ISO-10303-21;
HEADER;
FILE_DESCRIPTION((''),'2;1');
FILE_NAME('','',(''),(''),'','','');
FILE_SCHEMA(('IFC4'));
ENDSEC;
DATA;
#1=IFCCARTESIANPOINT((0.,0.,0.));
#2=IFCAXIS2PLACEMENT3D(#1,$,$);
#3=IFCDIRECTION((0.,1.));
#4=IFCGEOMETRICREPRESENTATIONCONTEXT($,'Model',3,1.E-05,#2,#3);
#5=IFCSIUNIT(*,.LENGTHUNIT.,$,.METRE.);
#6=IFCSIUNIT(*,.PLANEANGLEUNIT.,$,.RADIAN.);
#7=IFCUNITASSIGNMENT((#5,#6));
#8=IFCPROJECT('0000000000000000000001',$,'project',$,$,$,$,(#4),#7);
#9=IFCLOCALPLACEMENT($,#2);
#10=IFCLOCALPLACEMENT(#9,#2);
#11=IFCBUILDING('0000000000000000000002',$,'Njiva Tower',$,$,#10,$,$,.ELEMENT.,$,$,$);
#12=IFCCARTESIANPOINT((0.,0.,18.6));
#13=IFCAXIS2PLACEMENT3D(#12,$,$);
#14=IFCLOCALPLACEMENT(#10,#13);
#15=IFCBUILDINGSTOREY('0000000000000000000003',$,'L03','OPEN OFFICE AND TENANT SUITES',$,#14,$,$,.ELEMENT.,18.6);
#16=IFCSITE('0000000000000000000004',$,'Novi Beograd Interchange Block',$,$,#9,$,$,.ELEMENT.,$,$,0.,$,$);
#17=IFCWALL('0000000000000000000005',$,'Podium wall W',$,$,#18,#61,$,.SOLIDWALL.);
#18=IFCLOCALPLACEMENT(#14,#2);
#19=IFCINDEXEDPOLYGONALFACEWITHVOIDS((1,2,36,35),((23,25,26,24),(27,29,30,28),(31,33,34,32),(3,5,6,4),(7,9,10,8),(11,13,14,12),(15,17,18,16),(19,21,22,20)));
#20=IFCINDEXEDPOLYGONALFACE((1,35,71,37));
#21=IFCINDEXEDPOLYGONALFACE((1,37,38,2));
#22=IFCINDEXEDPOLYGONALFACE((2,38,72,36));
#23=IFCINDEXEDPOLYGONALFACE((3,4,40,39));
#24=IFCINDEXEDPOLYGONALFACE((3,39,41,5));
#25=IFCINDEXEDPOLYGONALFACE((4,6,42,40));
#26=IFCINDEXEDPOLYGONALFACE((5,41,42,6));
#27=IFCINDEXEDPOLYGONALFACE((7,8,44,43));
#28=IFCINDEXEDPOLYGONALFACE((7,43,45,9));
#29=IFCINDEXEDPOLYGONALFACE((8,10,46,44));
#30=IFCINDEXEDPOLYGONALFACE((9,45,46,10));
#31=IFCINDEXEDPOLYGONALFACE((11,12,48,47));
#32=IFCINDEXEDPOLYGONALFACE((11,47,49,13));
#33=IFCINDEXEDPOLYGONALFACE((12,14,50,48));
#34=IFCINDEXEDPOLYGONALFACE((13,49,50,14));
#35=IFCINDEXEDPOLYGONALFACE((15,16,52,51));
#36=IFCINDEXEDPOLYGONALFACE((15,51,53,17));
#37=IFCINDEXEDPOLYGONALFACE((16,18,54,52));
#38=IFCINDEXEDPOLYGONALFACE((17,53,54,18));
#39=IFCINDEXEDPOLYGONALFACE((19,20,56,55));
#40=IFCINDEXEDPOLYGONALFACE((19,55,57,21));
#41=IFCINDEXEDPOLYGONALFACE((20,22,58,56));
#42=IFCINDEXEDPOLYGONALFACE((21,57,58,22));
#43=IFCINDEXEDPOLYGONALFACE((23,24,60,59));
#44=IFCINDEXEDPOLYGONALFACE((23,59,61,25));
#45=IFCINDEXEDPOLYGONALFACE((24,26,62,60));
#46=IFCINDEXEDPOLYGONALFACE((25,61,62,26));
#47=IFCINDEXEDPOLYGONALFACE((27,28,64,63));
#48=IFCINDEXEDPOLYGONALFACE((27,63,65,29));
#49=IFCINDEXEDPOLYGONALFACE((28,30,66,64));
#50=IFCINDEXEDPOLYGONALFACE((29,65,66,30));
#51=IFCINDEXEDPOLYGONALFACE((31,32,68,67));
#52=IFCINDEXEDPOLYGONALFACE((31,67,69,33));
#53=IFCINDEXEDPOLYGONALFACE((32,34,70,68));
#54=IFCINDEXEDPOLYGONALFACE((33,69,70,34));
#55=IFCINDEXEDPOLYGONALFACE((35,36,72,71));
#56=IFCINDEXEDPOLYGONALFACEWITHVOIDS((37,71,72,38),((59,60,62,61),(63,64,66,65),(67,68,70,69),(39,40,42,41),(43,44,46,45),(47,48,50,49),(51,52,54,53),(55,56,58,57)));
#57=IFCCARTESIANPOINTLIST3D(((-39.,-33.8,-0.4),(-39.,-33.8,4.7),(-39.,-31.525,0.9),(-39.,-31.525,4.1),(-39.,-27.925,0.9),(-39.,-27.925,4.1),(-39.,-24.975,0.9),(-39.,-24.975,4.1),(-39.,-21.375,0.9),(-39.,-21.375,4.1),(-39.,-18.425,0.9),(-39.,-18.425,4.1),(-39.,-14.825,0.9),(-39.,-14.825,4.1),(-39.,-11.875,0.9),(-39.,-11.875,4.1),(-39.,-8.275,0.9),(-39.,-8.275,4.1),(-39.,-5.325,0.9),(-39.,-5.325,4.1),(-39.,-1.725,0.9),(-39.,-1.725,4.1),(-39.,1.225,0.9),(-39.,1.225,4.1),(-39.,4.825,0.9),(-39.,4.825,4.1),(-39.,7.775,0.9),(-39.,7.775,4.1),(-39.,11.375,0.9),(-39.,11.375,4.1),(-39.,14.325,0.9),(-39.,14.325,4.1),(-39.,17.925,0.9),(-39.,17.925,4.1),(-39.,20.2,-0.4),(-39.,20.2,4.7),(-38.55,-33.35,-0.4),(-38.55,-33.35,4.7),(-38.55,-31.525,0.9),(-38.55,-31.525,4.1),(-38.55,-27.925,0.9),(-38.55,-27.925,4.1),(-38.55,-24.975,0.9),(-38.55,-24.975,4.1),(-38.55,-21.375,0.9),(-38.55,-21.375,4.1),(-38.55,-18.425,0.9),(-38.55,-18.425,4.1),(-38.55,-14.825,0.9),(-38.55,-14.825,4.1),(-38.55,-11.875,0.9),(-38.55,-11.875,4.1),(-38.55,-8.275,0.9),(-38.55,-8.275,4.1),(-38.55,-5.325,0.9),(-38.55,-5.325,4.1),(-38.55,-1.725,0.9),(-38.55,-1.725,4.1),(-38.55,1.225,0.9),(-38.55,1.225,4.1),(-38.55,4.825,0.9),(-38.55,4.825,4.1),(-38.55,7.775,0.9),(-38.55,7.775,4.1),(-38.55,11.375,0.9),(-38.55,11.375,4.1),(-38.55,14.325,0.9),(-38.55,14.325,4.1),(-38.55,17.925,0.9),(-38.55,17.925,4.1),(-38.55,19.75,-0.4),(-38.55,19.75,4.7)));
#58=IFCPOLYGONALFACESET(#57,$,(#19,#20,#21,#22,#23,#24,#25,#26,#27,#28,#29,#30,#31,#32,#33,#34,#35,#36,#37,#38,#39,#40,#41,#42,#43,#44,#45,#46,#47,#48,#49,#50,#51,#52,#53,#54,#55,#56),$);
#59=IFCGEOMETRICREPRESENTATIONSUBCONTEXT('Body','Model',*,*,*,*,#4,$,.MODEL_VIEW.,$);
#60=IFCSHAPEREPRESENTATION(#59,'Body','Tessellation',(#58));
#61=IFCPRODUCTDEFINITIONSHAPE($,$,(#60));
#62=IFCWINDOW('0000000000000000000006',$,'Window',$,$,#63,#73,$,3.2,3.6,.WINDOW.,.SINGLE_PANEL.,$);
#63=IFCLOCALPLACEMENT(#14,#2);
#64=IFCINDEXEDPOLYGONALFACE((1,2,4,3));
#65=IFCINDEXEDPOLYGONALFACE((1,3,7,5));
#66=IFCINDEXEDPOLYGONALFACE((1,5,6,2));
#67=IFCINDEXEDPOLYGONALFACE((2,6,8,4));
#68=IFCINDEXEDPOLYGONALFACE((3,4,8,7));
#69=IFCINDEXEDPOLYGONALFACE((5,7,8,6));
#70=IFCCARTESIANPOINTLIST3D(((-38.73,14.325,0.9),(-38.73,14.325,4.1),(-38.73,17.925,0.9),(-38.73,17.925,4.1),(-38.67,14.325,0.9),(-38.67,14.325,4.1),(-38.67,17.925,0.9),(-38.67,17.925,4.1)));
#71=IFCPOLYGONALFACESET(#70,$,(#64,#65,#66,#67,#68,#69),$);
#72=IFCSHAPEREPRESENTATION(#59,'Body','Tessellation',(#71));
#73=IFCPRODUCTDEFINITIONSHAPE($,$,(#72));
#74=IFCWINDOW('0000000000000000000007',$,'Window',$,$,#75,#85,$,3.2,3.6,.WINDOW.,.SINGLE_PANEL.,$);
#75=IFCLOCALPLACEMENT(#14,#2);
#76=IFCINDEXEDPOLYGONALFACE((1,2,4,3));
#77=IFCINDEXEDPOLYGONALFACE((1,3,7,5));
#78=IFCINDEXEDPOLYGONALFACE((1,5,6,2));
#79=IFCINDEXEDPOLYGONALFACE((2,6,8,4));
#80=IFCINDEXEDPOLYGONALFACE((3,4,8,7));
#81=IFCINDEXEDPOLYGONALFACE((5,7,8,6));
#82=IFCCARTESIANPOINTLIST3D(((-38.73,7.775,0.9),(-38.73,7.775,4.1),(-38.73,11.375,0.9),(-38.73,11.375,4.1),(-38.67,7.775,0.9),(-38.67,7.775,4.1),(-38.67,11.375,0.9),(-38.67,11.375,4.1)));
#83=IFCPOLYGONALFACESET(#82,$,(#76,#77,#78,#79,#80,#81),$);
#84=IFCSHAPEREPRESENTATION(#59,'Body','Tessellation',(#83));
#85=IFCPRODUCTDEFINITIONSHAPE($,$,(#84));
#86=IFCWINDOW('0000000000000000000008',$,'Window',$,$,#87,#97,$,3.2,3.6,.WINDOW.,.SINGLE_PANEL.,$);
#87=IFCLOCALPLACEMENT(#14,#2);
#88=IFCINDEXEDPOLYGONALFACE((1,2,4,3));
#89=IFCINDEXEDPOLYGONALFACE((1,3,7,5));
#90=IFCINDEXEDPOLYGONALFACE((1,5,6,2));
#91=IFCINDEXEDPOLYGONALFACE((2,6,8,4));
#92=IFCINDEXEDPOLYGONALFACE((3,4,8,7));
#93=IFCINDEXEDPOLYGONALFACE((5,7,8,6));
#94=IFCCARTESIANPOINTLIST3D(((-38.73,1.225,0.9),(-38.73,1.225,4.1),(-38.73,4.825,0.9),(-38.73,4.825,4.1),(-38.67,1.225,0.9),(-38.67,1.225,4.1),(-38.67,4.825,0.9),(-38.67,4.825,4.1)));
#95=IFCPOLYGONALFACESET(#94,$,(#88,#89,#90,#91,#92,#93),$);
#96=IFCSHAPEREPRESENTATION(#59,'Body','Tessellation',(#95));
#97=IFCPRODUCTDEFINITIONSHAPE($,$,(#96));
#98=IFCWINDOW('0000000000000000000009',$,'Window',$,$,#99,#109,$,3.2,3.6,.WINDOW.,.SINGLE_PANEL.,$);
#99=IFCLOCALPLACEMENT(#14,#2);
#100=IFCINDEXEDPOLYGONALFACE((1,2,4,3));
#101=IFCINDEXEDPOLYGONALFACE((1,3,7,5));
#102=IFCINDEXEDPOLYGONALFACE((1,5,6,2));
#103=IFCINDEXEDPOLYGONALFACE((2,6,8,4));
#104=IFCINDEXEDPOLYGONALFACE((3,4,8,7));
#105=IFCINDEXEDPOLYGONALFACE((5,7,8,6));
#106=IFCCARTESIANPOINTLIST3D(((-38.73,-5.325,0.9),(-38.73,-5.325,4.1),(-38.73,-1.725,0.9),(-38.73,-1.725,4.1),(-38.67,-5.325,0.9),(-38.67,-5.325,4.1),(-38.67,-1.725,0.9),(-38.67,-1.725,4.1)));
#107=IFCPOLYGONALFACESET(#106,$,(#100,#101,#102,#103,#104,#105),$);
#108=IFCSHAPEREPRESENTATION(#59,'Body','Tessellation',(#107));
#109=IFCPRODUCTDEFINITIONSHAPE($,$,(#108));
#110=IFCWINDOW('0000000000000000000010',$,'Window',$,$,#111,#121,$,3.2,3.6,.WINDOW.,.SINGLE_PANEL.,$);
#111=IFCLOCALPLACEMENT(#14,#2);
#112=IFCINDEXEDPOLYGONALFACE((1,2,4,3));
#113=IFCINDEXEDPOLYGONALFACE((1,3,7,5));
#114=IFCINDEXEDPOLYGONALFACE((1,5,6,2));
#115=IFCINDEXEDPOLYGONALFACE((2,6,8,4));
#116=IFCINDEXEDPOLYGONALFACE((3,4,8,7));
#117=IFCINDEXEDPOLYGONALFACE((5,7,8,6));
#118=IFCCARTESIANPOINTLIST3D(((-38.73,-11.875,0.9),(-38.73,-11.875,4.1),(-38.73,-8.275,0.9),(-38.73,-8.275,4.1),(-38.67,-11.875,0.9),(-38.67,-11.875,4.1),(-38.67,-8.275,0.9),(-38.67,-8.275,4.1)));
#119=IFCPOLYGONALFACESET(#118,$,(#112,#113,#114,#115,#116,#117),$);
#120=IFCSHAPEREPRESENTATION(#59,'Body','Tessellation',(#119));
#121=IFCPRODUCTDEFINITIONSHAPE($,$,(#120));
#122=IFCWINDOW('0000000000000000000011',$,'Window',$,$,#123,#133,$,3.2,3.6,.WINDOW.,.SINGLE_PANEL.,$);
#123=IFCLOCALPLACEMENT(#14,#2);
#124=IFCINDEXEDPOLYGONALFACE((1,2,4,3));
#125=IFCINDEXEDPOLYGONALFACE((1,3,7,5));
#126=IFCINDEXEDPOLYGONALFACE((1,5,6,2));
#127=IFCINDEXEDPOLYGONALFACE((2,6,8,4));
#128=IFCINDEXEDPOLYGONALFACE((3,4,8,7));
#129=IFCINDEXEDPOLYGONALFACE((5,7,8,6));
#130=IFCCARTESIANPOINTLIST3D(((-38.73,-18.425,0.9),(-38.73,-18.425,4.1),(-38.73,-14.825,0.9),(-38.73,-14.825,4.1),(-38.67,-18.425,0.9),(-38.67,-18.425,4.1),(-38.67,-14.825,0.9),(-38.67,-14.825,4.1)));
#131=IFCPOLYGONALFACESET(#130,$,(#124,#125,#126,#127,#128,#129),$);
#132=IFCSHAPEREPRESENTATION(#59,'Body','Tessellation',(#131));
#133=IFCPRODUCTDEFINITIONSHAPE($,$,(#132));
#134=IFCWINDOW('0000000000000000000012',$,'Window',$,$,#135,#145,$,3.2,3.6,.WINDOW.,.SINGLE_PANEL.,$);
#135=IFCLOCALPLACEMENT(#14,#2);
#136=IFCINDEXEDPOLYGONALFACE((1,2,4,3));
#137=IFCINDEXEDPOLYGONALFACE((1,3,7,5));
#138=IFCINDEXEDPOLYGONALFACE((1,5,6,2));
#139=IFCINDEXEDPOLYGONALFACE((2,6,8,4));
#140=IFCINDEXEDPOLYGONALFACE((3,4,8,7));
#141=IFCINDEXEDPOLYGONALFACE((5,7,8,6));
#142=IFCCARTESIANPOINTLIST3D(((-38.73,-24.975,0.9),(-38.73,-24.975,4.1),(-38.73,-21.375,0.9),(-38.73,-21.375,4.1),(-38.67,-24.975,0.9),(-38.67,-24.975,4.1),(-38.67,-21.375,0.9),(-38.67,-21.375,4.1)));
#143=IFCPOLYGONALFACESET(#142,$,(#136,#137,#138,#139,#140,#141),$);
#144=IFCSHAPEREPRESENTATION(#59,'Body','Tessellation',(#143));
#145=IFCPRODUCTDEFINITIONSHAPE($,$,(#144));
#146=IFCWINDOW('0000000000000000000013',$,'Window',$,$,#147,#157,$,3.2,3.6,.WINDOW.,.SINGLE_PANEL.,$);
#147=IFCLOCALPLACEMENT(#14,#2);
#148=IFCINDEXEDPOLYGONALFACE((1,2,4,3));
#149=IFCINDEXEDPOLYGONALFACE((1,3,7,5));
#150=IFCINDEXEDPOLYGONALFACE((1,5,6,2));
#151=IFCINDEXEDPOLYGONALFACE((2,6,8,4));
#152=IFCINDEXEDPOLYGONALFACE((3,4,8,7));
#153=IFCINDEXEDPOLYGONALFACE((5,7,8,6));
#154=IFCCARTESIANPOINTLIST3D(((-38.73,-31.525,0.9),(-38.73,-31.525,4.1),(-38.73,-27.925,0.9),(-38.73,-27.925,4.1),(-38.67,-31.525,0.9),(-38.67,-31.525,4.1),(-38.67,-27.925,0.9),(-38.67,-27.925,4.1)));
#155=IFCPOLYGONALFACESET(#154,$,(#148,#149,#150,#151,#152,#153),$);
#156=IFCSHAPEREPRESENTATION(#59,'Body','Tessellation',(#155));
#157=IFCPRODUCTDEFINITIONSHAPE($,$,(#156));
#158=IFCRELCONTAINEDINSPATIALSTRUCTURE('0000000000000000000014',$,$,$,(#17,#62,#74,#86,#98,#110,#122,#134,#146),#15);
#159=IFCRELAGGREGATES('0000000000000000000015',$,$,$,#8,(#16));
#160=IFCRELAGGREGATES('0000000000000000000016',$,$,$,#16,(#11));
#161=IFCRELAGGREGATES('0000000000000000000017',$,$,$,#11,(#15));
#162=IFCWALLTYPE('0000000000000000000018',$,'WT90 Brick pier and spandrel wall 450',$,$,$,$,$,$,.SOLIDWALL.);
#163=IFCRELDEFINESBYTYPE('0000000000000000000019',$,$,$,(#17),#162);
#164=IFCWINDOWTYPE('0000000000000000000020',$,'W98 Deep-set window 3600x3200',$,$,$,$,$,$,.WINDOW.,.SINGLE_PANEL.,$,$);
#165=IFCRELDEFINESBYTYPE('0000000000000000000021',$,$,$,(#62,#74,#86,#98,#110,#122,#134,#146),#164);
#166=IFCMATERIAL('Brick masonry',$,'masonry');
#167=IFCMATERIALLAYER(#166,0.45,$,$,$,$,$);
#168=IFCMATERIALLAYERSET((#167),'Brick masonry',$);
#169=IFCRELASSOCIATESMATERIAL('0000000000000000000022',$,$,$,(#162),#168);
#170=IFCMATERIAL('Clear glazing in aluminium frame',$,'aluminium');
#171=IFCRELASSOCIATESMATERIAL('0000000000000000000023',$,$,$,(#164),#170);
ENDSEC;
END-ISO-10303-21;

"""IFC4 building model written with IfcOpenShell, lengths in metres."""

from ifc_helpers import new_model, si_unit, direction, frame, frame_2d, origin, place, context, subcontext, project, spatial, polyline, rectangle, outline, extrude, material, layer, layer_set, type_object, element, fill, save


model = new_model("IFC4")

# Units and contexts
model_context = context("Model", 3, precision=1e-05, world=origin(), true_north=direction((0.0, 1.0)))
body_context = subcontext(model_context, "Body", "Model", "MODEL_VIEW")
ifc_project = project(units=[si_unit("LENGTHUNIT", "METRE"), si_unit("PLANEANGLEUNIT", "RADIAN")], contexts=[model_context])

# Site, building, storey
site_placement = place(None, origin())
site = spatial("IfcSite", under=ifc_project, at=site_placement, Name="Novi Beograd Interchange Block", CompositionType="ELEMENT", RefElevation=0.0)
building_placement = place(site_placement, origin())
building = spatial("IfcBuilding", under=site, at=building_placement, Name="Njiva Tower", CompositionType="ELEMENT")
storey_placement = place(building_placement, frame((0.0, 0.0, 18.6)))
storey = spatial("IfcBuildingStorey", under=building, at=storey_placement, Name="L03", Description="OPEN OFFICE AND TENANT SUITES", CompositionType="ELEMENT", Elevation=18.6)

# Wall, openings, windows
ifc_material_1 = material(Name="Brick masonry", Category="masonry")
ifc_layer = layer(ifc_material_1, 0.45)
ifc_layer_set = layer_set([ifc_layer], Name="Brick masonry")
wall_type = type_object("IfcWallType", Name="WT90 Brick pier and spandrel wall 450", PredefinedType="SOLIDWALL", material=ifc_layer_set)
wall_placement = place(storey_placement, frame((-38.775, 19.975, -0.4), z_axis=(0.0, 0.0, 1.0), x_axis=(0.0, -1.0, 0.0)))
wall = element("IfcWall", 1, at=wall_placement, inside=storey, type_object=wall_type, Name="Podium wall W", PredefinedType="SOLIDWALL", context=body_context, shape_type="SweptSolid", body=[
    extrude(outline(polyline([(-0.225, -0.225), (53.775, -0.225), (53.325, 0.225), (0.225, 0.225), (-0.225, -0.225)])), origin(), (0.0, 0.0, 1.0), 5.1),
])
opening_1_placement = place(wall_placement, frame((2.05, 0.0, 1.3)))
opening_1 = element("IfcOpeningElement", 2, at=opening_1_placement, cuts=wall, PredefinedType="OPENING", context=body_context, shape_type="SweptSolid", body=[
    extrude(rectangle(XDim=3.6, YDim=3.2, at=frame_2d((1.8, 1.6))), frame((0.0, 0.235, 0.0), z_axis=(0.0, -1.0, 0.0), x_axis=(1.0, 0.0, 0.0)), (0.0, 0.0, 1.0), 0.47),
])
opening_2_placement = place(wall_placement, frame((8.6, 0.0, 1.3)))
opening_2 = element("IfcOpeningElement", 3, at=opening_2_placement, cuts=wall, PredefinedType="OPENING", context=body_context, shape_type="SweptSolid", body=[
    extrude(rectangle(XDim=3.6, YDim=3.2, at=frame_2d((1.8, 1.6))), frame((0.0, 0.235, 0.0), z_axis=(0.0, -1.0, 0.0), x_axis=(1.0, 0.0, 0.0)), (0.0, 0.0, 1.0), 0.47),
])
opening_3_placement = place(wall_placement, frame((15.15, 0.0, 1.3)))
opening_3 = element("IfcOpeningElement", 4, at=opening_3_placement, cuts=wall, PredefinedType="OPENING", context=body_context, shape_type="SweptSolid", body=[
    extrude(rectangle(XDim=3.6, YDim=3.2, at=frame_2d((1.8, 1.6))), frame((0.0, 0.235, 0.0), z_axis=(0.0, -1.0, 0.0), x_axis=(1.0, 0.0, 0.0)), (0.0, 0.0, 1.0), 0.47),
])
opening_4_placement = place(wall_placement, frame((21.7, 0.0, 1.3)))
opening_4 = element("IfcOpeningElement", 5, at=opening_4_placement, cuts=wall, PredefinedType="OPENING", context=body_context, shape_type="SweptSolid", body=[
    extrude(rectangle(XDim=3.6, YDim=3.2, at=frame_2d((1.8, 1.6))), frame((0.0, 0.235, 0.0), z_axis=(0.0, -1.0, 0.0), x_axis=(1.0, 0.0, 0.0)), (0.0, 0.0, 1.0), 0.47),
])
opening_5_placement = place(wall_placement, frame((28.25, 0.0, 1.3)))
opening_5 = element("IfcOpeningElement", 6, at=opening_5_placement, cuts=wall, PredefinedType="OPENING", context=body_context, shape_type="SweptSolid", body=[
    extrude(rectangle(XDim=3.6, YDim=3.2, at=frame_2d((1.8, 1.6))), frame((0.0, 0.235, 0.0), z_axis=(0.0, -1.0, 0.0), x_axis=(1.0, 0.0, 0.0)), (0.0, 0.0, 1.0), 0.47),
])
opening_6_placement = place(wall_placement, frame((34.8, 0.0, 1.3)))
opening_6 = element("IfcOpeningElement", 7, at=opening_6_placement, cuts=wall, PredefinedType="OPENING", context=body_context, shape_type="SweptSolid", body=[
    extrude(rectangle(XDim=3.6, YDim=3.2, at=frame_2d((1.8, 1.6))), frame((0.0, 0.235, 0.0), z_axis=(0.0, -1.0, 0.0), x_axis=(1.0, 0.0, 0.0)), (0.0, 0.0, 1.0), 0.47),
])
opening_7_placement = place(wall_placement, frame((41.35, 0.0, 1.3)))
opening_7 = element("IfcOpeningElement", 8, at=opening_7_placement, cuts=wall, PredefinedType="OPENING", context=body_context, shape_type="SweptSolid", body=[
    extrude(rectangle(XDim=3.6, YDim=3.2, at=frame_2d((1.8, 1.6))), frame((0.0, 0.235, 0.0), z_axis=(0.0, -1.0, 0.0), x_axis=(1.0, 0.0, 0.0)), (0.0, 0.0, 1.0), 0.47),
])
opening_8_placement = place(wall_placement, frame((47.9, 0.0, 1.3)))
opening_8 = element("IfcOpeningElement", 9, at=opening_8_placement, cuts=wall, PredefinedType="OPENING", context=body_context, shape_type="SweptSolid", body=[
    extrude(rectangle(XDim=3.6, YDim=3.2, at=frame_2d((1.8, 1.6))), frame((0.0, 0.235, 0.0), z_axis=(0.0, -1.0, 0.0), x_axis=(1.0, 0.0, 0.0)), (0.0, 0.0, 1.0), 0.47),
])
ifc_material_2 = material(Name="Clear glazing in aluminium frame", Category="aluminium")
window_type = type_object("IfcWindowType", Name="W98 Deep-set window 3600x3200", PartitioningType="SINGLE_PANEL", PredefinedType="WINDOW", material=ifc_material_2)
window_1_placement = place(opening_1_placement, origin())
window_1 = element("IfcWindow", 10, at=window_1_placement, inside=storey, type_object=window_type, Name="Window", OverallHeight=3.2, OverallWidth=3.6, PartitioningType="SINGLE_PANEL", PredefinedType="WINDOW", context=body_context, shape_type="SweptSolid", body=[
    extrude(rectangle(XDim=3.6, YDim=3.2, at=frame_2d((1.8, 1.6))), frame((0.0, 0.105, 0.0), z_axis=(0.0, -1.0, 0.0), x_axis=(1.0, 0.0, 0.0)), (0.0, 0.0, 1.0), 0.06),
])
fill(opening_1, window_1)
window_2_placement = place(opening_2_placement, origin())
window_2 = element("IfcWindow", 11, at=window_2_placement, inside=storey, type_object=window_type, Name="Window", OverallHeight=3.2, OverallWidth=3.6, PartitioningType="SINGLE_PANEL", PredefinedType="WINDOW", context=body_context, shape_type="SweptSolid", body=[
    extrude(rectangle(XDim=3.6, YDim=3.2, at=frame_2d((1.8, 1.6))), frame((0.0, 0.105, 0.0), z_axis=(0.0, -1.0, 0.0), x_axis=(1.0, 0.0, 0.0)), (0.0, 0.0, 1.0), 0.06),
])
fill(opening_2, window_2)
window_3_placement = place(opening_3_placement, origin())
window_3 = element("IfcWindow", 12, at=window_3_placement, inside=storey, type_object=window_type, Name="Window", OverallHeight=3.2, OverallWidth=3.6, PartitioningType="SINGLE_PANEL", PredefinedType="WINDOW", context=body_context, shape_type="SweptSolid", body=[
    extrude(rectangle(XDim=3.6, YDim=3.2, at=frame_2d((1.8, 1.6))), frame((0.0, 0.105, 0.0), z_axis=(0.0, -1.0, 0.0), x_axis=(1.0, 0.0, 0.0)), (0.0, 0.0, 1.0), 0.06),
])
fill(opening_3, window_3)
window_4_placement = place(opening_4_placement, origin())
window_4 = element("IfcWindow", 13, at=window_4_placement, inside=storey, type_object=window_type, Name="Window", OverallHeight=3.2, OverallWidth=3.6, PartitioningType="SINGLE_PANEL", PredefinedType="WINDOW", context=body_context, shape_type="SweptSolid", body=[
    extrude(rectangle(XDim=3.6, YDim=3.2, at=frame_2d((1.8, 1.6))), frame((0.0, 0.105, 0.0), z_axis=(0.0, -1.0, 0.0), x_axis=(1.0, 0.0, 0.0)), (0.0, 0.0, 1.0), 0.06),
])
fill(opening_4, window_4)
window_5_placement = place(opening_5_placement, origin())
window_5 = element("IfcWindow", 14, at=window_5_placement, inside=storey, type_object=window_type, Name="Window", OverallHeight=3.2, OverallWidth=3.6, PartitioningType="SINGLE_PANEL", PredefinedType="WINDOW", context=body_context, shape_type="SweptSolid", body=[
    extrude(rectangle(XDim=3.6, YDim=3.2, at=frame_2d((1.8, 1.6))), frame((0.0, 0.105, 0.0), z_axis=(0.0, -1.0, 0.0), x_axis=(1.0, 0.0, 0.0)), (0.0, 0.0, 1.0), 0.06),
])
fill(opening_5, window_5)
window_6_placement = place(opening_6_placement, origin())
window_6 = element("IfcWindow", 15, at=window_6_placement, inside=storey, type_object=window_type, Name="Window", OverallHeight=3.2, OverallWidth=3.6, PartitioningType="SINGLE_PANEL", PredefinedType="WINDOW", context=body_context, shape_type="SweptSolid", body=[
    extrude(rectangle(XDim=3.6, YDim=3.2, at=frame_2d((1.8, 1.6))), frame((0.0, 0.105, 0.0), z_axis=(0.0, -1.0, 0.0), x_axis=(1.0, 0.0, 0.0)), (0.0, 0.0, 1.0), 0.06),
])
fill(opening_6, window_6)
window_7_placement = place(opening_7_placement, origin())
window_7 = element("IfcWindow", 16, at=window_7_placement, inside=storey, type_object=window_type, Name="Window", OverallHeight=3.2, OverallWidth=3.6, PartitioningType="SINGLE_PANEL", PredefinedType="WINDOW", context=body_context, shape_type="SweptSolid", body=[
    extrude(rectangle(XDim=3.6, YDim=3.2, at=frame_2d((1.8, 1.6))), frame((0.0, 0.105, 0.0), z_axis=(0.0, -1.0, 0.0), x_axis=(1.0, 0.0, 0.0)), (0.0, 0.0, 1.0), 0.06),
])
fill(opening_7, window_7)
window_8_placement = place(opening_8_placement, origin())
window_8 = element("IfcWindow", 17, at=window_8_placement, inside=storey, type_object=window_type, Name="Window", OverallHeight=3.2, OverallWidth=3.6, PartitioningType="SINGLE_PANEL", PredefinedType="WINDOW", context=body_context, shape_type="SweptSolid", body=[
    extrude(rectangle(XDim=3.6, YDim=3.2, at=frame_2d((1.8, 1.6))), frame((0.0, 0.105, 0.0), z_axis=(0.0, -1.0, 0.0), x_axis=(1.0, 0.0, 0.0)), (0.0, 0.0, 1.0), 0.06),
])
fill(opening_8, window_8)

save(model, "model.ifc")
